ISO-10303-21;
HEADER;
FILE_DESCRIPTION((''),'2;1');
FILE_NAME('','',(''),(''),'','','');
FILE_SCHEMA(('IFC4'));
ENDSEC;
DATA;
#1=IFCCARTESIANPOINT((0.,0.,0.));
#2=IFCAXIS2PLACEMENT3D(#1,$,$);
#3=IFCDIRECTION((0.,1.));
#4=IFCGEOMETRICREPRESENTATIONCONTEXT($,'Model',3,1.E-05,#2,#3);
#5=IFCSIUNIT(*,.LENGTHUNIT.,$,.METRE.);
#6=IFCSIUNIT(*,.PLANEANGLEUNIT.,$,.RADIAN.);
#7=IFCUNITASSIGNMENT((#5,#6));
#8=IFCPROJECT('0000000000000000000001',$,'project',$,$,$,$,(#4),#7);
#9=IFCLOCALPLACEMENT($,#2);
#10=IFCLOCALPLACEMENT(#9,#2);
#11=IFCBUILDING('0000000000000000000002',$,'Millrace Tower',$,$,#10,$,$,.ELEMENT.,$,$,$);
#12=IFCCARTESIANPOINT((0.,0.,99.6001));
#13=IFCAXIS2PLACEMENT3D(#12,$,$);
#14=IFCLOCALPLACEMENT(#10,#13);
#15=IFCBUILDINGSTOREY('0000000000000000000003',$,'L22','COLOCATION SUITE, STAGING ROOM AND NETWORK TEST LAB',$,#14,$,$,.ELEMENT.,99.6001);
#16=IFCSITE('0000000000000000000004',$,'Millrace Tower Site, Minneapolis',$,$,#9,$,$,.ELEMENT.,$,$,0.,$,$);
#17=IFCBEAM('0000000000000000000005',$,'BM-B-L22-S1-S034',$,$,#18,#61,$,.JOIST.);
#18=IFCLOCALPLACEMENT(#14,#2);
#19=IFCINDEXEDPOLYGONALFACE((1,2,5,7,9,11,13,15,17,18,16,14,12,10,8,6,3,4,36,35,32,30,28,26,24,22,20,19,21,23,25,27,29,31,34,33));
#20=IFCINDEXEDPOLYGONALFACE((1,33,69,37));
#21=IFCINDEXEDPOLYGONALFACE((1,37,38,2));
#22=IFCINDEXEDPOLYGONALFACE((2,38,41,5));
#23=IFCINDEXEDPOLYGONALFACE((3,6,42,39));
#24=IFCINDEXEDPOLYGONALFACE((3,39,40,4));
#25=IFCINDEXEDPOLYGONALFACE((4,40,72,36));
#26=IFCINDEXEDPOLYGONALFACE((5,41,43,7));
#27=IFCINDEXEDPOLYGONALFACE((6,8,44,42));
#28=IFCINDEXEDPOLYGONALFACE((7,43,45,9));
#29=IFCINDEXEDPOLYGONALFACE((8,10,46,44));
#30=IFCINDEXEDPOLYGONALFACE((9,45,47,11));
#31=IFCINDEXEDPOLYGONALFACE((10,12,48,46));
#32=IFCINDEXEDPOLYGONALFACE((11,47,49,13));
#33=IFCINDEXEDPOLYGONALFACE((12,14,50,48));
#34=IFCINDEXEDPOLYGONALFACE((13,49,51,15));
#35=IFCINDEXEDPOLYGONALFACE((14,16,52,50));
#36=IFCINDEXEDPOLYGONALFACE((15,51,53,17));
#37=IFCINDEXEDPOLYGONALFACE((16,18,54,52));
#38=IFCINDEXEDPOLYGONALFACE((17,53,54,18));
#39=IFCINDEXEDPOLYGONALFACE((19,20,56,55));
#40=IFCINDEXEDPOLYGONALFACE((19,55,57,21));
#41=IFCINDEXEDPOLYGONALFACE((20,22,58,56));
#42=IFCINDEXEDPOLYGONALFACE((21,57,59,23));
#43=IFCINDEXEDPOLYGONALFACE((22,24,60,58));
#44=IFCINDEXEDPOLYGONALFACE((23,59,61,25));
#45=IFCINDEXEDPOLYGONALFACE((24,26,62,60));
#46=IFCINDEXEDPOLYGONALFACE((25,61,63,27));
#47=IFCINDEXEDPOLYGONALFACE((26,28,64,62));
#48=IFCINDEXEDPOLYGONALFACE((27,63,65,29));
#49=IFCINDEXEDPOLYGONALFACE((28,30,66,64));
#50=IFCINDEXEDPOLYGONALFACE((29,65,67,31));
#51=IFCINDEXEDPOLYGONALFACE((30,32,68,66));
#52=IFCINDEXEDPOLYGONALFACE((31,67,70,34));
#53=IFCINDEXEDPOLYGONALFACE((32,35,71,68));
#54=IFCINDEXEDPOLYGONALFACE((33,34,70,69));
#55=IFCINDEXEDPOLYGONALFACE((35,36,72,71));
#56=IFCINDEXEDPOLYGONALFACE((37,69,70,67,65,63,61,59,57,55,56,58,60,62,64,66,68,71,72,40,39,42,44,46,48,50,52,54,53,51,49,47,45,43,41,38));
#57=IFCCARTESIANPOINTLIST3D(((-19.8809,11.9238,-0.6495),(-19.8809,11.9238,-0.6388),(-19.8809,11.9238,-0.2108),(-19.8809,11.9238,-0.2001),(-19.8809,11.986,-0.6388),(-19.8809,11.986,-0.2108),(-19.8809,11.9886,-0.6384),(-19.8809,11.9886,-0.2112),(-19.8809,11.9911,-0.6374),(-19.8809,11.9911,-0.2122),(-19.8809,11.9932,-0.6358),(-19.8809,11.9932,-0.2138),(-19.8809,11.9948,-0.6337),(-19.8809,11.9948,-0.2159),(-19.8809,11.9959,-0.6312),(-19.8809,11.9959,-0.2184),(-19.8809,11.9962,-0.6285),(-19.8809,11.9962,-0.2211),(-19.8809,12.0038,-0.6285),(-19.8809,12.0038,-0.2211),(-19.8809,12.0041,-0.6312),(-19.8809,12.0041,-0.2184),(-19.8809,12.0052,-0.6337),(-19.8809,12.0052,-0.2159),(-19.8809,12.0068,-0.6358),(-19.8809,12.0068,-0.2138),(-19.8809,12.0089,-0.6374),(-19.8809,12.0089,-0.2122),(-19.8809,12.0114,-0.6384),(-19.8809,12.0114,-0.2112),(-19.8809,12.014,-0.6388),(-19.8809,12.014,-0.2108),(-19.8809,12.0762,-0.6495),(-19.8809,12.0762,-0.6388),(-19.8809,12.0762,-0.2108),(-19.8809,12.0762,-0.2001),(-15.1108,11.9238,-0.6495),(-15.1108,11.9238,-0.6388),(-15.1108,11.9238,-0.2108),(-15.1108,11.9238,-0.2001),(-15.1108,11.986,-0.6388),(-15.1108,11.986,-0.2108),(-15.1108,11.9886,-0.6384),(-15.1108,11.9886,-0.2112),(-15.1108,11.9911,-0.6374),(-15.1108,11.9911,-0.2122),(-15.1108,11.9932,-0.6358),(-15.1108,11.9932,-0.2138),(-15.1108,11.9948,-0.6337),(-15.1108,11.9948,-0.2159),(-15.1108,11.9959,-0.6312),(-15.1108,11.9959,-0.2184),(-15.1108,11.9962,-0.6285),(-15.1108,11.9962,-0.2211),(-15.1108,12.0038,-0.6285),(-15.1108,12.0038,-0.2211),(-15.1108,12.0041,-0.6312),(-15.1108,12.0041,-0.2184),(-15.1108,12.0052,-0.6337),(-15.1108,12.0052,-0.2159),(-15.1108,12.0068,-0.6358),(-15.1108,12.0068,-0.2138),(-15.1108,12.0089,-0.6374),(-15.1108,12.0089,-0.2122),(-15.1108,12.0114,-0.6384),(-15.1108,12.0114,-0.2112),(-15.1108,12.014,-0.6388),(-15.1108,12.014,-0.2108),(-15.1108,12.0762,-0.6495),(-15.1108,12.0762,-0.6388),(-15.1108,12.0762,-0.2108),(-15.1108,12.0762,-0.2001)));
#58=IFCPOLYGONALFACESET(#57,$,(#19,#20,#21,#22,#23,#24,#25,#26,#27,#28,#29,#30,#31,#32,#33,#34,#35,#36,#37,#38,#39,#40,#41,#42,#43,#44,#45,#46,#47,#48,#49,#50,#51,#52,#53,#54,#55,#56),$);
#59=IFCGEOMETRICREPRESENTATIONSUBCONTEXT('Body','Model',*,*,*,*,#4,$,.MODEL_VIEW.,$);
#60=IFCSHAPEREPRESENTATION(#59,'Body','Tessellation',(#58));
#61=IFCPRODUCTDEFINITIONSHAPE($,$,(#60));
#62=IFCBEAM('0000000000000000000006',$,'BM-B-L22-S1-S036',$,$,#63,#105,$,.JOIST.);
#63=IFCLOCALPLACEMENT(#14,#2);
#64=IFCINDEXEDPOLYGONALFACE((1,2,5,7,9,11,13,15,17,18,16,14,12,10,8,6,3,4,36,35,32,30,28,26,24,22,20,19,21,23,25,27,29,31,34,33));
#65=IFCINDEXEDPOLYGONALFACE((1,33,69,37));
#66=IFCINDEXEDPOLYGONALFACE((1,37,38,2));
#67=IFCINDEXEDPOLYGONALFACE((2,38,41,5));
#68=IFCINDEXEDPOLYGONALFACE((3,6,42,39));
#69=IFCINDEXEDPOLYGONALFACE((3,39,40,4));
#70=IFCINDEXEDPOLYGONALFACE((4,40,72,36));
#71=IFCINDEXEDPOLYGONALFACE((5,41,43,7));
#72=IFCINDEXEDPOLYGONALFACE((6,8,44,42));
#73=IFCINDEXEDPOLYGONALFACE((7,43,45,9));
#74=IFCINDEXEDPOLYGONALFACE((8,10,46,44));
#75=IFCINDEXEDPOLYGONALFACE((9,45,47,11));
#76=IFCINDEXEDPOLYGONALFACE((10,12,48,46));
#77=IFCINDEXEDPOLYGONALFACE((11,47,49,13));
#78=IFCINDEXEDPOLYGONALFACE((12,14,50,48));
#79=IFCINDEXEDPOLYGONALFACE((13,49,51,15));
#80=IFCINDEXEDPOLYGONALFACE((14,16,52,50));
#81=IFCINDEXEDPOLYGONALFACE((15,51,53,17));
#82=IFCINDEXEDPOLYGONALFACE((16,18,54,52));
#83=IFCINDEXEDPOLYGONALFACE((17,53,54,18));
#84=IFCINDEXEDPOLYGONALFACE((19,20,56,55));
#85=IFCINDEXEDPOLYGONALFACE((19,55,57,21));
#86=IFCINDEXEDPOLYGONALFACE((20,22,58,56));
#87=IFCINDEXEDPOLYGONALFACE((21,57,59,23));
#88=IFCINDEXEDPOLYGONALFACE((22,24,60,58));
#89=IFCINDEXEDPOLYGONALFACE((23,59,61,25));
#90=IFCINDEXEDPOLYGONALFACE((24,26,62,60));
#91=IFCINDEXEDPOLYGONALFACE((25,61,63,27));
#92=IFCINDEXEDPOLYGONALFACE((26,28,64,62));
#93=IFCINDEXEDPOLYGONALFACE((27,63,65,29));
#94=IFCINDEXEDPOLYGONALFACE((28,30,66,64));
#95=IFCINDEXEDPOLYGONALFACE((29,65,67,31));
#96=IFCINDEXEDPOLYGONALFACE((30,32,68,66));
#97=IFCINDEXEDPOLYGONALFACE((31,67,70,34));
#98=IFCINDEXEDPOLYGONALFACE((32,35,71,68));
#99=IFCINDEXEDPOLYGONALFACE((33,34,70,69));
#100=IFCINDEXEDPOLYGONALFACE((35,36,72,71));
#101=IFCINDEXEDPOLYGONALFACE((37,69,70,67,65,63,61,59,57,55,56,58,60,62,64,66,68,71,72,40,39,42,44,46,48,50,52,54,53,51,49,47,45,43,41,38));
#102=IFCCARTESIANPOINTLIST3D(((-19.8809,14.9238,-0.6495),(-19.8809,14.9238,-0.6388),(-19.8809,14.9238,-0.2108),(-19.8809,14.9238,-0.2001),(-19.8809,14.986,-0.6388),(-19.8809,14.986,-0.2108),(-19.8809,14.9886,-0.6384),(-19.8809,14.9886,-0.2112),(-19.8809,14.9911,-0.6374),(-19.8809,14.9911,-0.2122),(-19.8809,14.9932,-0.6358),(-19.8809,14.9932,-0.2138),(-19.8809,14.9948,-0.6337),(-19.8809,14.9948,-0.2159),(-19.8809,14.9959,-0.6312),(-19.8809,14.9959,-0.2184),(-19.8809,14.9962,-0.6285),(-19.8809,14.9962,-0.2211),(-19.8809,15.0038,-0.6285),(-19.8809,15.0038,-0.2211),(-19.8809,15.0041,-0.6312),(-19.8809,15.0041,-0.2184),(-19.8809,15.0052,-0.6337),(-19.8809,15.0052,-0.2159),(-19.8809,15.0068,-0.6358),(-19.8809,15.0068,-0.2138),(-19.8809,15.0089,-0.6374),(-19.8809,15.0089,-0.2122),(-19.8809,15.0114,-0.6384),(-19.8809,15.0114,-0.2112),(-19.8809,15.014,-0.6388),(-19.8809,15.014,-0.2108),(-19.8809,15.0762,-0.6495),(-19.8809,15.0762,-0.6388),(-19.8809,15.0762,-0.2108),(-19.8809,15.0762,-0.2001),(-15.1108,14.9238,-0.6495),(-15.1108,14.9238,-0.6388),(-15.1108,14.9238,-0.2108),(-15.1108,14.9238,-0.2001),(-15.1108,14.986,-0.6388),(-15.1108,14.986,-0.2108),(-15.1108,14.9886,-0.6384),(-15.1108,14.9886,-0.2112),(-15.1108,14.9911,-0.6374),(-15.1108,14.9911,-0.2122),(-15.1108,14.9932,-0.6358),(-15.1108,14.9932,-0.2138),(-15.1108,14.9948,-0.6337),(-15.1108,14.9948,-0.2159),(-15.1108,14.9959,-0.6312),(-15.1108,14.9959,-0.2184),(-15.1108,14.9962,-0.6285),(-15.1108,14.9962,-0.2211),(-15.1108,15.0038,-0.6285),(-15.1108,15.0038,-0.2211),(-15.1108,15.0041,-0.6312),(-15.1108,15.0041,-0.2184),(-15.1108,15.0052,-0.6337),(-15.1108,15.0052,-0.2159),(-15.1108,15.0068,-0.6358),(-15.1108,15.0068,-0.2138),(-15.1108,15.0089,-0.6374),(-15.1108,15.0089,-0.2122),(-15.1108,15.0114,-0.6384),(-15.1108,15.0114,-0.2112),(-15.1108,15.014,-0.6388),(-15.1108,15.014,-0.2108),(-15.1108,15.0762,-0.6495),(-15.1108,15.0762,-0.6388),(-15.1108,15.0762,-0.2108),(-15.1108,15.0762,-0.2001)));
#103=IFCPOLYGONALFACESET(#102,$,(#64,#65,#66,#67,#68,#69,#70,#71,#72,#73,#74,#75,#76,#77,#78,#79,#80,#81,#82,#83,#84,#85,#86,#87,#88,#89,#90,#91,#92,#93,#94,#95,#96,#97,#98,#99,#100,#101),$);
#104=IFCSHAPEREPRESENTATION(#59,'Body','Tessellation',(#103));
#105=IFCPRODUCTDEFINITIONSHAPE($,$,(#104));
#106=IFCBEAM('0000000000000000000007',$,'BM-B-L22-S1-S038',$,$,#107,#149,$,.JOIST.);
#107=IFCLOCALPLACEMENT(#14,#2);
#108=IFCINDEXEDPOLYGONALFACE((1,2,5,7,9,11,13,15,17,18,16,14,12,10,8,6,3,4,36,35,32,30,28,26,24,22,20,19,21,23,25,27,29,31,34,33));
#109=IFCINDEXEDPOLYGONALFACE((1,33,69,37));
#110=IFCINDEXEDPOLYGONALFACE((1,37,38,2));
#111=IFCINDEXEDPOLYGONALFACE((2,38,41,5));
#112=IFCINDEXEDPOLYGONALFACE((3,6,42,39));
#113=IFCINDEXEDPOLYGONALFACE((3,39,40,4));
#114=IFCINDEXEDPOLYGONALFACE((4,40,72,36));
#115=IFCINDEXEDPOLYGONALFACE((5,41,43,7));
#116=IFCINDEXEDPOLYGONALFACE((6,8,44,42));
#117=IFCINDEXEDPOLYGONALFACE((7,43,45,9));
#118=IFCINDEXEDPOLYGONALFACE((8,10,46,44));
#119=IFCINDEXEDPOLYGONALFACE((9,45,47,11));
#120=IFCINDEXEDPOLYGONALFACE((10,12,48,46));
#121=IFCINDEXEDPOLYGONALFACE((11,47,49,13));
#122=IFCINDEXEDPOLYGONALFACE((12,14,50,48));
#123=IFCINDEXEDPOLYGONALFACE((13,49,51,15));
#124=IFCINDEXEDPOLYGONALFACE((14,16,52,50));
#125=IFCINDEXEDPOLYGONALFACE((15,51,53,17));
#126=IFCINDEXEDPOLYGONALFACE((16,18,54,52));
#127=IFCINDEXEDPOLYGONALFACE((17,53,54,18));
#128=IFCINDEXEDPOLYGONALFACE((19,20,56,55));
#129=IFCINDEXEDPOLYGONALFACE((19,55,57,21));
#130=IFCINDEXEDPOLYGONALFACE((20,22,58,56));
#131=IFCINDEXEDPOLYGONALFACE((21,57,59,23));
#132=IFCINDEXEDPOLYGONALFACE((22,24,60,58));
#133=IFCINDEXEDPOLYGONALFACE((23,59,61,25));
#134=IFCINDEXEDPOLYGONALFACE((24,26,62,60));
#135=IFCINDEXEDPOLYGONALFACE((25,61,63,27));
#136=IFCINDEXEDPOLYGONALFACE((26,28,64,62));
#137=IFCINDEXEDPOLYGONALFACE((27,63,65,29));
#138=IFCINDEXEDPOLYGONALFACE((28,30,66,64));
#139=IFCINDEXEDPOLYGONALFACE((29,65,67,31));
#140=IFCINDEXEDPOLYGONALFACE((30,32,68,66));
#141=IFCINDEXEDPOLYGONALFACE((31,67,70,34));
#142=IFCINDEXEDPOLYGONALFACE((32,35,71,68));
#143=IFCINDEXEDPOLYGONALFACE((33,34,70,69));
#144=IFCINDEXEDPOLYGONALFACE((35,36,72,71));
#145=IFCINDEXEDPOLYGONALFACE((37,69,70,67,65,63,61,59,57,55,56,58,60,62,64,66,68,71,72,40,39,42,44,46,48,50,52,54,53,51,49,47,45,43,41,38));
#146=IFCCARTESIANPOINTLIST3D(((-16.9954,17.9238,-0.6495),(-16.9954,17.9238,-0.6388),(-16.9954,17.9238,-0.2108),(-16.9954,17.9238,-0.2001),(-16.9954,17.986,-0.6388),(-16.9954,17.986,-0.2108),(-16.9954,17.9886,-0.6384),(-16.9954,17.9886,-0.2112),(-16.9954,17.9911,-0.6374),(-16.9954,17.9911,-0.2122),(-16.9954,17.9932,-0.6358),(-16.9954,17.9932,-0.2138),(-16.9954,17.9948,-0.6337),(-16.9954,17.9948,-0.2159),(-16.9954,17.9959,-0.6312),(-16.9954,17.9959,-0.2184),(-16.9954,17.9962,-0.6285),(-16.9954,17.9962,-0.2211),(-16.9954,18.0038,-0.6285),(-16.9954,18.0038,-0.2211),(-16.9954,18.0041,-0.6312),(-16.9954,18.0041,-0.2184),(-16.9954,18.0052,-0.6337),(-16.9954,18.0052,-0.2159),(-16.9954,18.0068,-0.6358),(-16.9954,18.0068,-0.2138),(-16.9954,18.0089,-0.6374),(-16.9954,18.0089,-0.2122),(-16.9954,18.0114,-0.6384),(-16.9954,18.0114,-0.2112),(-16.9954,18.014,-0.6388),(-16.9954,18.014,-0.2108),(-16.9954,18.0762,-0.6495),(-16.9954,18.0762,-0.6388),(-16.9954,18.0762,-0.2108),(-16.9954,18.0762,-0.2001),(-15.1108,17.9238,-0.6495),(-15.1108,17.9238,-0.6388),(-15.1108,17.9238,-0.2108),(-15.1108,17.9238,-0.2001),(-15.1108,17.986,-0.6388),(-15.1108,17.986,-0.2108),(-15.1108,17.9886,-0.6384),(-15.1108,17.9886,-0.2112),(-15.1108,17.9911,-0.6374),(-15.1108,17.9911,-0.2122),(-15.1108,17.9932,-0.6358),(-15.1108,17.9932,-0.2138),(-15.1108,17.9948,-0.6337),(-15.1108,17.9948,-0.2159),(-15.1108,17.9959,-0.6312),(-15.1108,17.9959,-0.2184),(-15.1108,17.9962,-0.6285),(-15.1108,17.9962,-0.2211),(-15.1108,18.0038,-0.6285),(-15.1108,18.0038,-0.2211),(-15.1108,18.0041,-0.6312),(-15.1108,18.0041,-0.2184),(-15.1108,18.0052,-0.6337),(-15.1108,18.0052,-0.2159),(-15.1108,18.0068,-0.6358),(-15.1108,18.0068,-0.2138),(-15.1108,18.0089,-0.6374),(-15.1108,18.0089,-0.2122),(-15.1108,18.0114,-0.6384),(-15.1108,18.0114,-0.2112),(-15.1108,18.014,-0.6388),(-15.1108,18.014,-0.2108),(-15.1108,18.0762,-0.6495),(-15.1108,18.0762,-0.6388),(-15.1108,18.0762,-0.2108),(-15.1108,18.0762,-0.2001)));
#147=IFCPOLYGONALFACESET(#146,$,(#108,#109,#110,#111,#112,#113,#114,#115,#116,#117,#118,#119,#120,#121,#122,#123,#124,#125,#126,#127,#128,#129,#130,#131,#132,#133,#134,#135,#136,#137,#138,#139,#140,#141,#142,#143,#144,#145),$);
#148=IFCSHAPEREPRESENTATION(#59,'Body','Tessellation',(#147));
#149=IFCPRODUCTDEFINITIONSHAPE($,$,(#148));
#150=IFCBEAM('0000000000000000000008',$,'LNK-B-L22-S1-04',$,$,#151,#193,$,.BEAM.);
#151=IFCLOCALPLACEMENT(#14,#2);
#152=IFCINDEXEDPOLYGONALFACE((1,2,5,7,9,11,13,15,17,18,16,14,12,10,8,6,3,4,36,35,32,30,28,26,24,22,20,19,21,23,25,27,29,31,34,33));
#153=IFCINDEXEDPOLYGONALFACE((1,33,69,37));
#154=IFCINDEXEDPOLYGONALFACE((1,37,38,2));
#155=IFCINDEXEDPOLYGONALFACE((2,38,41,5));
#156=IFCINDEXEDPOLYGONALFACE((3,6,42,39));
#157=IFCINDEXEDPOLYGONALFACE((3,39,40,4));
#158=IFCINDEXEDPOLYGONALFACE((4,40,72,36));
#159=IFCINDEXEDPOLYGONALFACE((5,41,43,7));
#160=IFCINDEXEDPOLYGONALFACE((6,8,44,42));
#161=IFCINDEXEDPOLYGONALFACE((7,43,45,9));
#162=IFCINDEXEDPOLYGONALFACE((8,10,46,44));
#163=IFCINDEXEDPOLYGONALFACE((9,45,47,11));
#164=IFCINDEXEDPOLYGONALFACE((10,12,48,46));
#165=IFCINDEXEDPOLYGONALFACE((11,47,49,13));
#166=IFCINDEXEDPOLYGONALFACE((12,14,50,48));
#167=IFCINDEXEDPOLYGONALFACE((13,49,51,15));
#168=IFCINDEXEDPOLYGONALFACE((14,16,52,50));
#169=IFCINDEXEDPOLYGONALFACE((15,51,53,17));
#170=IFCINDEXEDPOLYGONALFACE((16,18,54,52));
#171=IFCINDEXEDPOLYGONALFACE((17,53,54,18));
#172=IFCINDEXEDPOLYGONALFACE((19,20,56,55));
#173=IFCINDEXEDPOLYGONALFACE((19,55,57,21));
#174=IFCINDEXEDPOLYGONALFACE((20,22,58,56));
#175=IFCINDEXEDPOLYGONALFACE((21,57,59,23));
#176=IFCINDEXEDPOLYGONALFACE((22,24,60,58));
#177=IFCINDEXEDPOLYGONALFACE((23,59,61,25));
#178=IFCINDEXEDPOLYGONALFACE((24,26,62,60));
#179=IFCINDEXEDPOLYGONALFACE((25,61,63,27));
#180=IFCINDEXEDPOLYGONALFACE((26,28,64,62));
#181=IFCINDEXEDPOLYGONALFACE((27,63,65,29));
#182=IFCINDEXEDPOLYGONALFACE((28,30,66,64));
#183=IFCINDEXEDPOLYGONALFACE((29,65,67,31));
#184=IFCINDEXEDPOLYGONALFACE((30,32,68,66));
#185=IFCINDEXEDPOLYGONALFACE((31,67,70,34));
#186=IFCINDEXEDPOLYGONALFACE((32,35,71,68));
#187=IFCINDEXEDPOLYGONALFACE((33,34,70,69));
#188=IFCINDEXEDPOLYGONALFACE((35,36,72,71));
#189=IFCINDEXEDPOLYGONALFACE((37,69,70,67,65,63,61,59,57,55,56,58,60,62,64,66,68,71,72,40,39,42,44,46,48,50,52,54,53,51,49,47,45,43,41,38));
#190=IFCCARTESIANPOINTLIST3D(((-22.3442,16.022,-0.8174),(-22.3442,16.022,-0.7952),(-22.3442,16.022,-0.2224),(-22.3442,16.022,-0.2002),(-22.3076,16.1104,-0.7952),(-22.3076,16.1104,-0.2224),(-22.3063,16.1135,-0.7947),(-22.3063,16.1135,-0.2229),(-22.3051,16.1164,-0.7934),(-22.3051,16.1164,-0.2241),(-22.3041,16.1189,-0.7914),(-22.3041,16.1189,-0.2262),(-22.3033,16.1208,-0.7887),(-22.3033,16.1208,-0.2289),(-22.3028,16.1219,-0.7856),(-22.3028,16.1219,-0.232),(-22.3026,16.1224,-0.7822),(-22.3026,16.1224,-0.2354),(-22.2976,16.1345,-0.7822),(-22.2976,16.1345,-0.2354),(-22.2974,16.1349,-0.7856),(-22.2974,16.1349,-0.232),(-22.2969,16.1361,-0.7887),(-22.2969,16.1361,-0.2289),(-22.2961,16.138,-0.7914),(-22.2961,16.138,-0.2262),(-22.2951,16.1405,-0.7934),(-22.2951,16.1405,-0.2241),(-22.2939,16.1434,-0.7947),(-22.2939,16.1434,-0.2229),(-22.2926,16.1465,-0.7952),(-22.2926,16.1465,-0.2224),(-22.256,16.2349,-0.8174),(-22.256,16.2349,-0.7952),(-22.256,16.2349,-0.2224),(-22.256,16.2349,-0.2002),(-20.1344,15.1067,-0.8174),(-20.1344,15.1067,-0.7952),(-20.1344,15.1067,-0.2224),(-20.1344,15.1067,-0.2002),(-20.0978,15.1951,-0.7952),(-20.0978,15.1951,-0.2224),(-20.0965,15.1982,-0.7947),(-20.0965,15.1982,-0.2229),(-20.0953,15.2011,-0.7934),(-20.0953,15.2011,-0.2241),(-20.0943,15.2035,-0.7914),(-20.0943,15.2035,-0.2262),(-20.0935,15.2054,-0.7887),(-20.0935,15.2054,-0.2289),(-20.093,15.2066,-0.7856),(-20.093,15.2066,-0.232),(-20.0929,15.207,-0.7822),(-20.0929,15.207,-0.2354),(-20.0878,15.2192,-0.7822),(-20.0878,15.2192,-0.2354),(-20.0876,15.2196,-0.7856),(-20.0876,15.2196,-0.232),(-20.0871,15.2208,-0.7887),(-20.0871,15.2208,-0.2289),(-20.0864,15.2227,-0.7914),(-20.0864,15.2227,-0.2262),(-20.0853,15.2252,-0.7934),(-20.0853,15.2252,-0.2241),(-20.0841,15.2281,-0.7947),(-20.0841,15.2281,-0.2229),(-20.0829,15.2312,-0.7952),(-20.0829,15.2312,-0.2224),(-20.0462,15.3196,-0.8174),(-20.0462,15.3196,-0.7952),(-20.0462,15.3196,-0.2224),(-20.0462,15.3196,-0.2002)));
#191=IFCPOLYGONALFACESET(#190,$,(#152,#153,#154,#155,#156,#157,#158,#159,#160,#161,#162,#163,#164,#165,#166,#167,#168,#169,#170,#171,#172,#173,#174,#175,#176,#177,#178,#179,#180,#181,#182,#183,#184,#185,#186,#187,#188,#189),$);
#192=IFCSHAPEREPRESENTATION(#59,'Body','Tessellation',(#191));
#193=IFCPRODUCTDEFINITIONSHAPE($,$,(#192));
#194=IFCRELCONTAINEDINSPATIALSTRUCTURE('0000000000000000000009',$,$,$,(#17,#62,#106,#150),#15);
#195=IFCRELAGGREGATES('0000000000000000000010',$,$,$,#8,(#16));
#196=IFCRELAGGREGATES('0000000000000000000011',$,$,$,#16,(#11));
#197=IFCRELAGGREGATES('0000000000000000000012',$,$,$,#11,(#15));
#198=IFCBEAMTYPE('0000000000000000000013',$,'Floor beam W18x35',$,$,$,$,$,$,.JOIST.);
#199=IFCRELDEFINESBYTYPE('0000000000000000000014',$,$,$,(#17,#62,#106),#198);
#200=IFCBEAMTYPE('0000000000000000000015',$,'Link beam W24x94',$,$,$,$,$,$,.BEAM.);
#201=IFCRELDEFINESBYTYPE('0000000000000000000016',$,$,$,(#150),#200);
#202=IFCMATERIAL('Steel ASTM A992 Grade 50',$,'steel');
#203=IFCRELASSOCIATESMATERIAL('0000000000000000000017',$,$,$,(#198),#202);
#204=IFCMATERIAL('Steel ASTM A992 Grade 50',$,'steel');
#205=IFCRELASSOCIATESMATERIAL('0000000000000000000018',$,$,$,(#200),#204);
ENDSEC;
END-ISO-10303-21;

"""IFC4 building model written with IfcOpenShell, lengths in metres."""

from ifc_helpers import new_model, si_unit, direction, frame, origin, origin_2d, place, context, subcontext, project, spatial, i_section, extrude, material, material_profile, profile_set, type_object, element, save


model = new_model("IFC4")

# Units and contexts
model_context = context("Model", 3, precision=1e-05, world=origin(), true_north=direction((0.0, 1.0)))
body_context = subcontext(model_context, "Body", "Model", "MODEL_VIEW")
ifc_project = project(units=[si_unit("LENGTHUNIT", "METRE"), si_unit("PLANEANGLEUNIT", "RADIAN")], contexts=[model_context])

# Site, building, storey
site_placement = place(None, origin())
site = spatial("IfcSite", under=ifc_project, at=site_placement, Name="Millrace Tower Site, Minneapolis", CompositionType="ELEMENT", RefElevation=0.0)
building_placement = place(site_placement, origin())
building = spatial("IfcBuilding", under=site, at=building_placement, Name="Millrace Tower", CompositionType="ELEMENT")
storey_placement = place(building_placement, frame((0.0, 0.0, 99.6001)))
storey = spatial("IfcBuildingStorey", under=building, at=storey_placement, Name="L22", Description="COLOCATION SUITE, STAGING ROOM AND NETWORK TEST LAB", CompositionType="ELEMENT", Elevation=99.6001)

# Beams
ifc_material_1 = material(Name="Steel ASTM A992 Grade 50", Category="steel")
ifc_material_profile_1 = material_profile(ifc_material_1, i_section(OverallWidth=0.1523, OverallDepth=0.4495, WebThickness=0.0076, FlangeThickness=0.0107, FilletRadius=0.0103, at=origin_2d()))
ifc_profile_set_1 = profile_set([ifc_material_profile_1], Name="Steel ASTM A992 Grade 50")
beam_type_1 = type_object("IfcBeamType", Name="Floor beam W18x35", PredefinedType="JOIST", material=ifc_profile_set_1)
for number, where, z_axis, x_axis, name in (
    (1, (-19.8809, 12.0, -0.4248), (1.0, 0.0, 0.0), (0.0, 1.0, 0.0), "BM-B-L22-S1-S034"),
    (2, (-19.8809, 15.0, -0.4248), (1.0, 0.0, 0.0), (0.0, 1.0, 0.0), "BM-B-L22-S1-S036"),
):
    element("IfcBeam", number, at=place(storey_placement, frame(where, z_axis=z_axis, x_axis=x_axis)), inside=storey, type_object=beam_type_1, Name=name, PredefinedType="JOIST", context=body_context, shape_type="SweptSolid", body=[
        extrude(i_section(OverallWidth=0.1523, OverallDepth=0.4495, WebThickness=0.0076, FlangeThickness=0.0107, FilletRadius=0.0103, at=origin_2d()), origin(), (0.0, 0.0, 1.0), 4.77),
    ])
beam_1_placement = place(storey_placement, frame((-16.9954, 18.0, -0.4248), z_axis=(1.0, 0.0, 0.0), x_axis=(0.0, 1.0, 0.0)))
element("IfcBeam", 3, at=beam_1_placement, inside=storey, type_object=beam_type_1, Name="BM-B-L22-S1-S038", PredefinedType="JOIST", context=body_context, shape_type="SweptSolid", body=[
    extrude(i_section(OverallWidth=0.1523, OverallDepth=0.4495, WebThickness=0.0076, FlangeThickness=0.0107, FilletRadius=0.0103, at=origin_2d()), origin(), (0.0, 0.0, 1.0), 1.8845),
])
ifc_material_2 = material(Name="Steel ASTM A992 Grade 50", Category="steel")
ifc_material_profile_2 = material_profile(ifc_material_2, i_section(OverallWidth=0.2305, OverallDepth=0.6172, WebThickness=0.0132, FlangeThickness=0.0222, FilletRadius=0.0129, at=origin_2d()))
ifc_profile_set_2 = profile_set([ifc_material_profile_2], Name="Steel ASTM A992 Grade 50")
beam_type_2 = type_object("IfcBeamType", Name="Link beam W24x94", PredefinedType="BEAM", material=ifc_profile_set_2)
for number, where, z_axis, x_axis, name in (
    (4, (-20.0903, 15.2131, -0.5088), (-0.923881, 0.382679, 0.0), (-0.382679, -0.923881, 0.0), "LNK-B-L22-S1-04"),
):
    element("IfcBeam", number, at=place(storey_placement, frame(where, z_axis=z_axis, x_axis=x_axis)), inside=storey, type_object=beam_type_2, Name=name, PredefinedType="BEAM", context=body_context, shape_type="SweptSolid", body=[
        extrude(i_section(OverallWidth=0.2305, OverallDepth=0.6172, WebThickness=0.0132, FlangeThickness=0.0222, FilletRadius=0.0129, at=origin_2d()), origin(), (0.0, 0.0, 1.0), 2.3918),
    ])

save(model, "model.ifc")
